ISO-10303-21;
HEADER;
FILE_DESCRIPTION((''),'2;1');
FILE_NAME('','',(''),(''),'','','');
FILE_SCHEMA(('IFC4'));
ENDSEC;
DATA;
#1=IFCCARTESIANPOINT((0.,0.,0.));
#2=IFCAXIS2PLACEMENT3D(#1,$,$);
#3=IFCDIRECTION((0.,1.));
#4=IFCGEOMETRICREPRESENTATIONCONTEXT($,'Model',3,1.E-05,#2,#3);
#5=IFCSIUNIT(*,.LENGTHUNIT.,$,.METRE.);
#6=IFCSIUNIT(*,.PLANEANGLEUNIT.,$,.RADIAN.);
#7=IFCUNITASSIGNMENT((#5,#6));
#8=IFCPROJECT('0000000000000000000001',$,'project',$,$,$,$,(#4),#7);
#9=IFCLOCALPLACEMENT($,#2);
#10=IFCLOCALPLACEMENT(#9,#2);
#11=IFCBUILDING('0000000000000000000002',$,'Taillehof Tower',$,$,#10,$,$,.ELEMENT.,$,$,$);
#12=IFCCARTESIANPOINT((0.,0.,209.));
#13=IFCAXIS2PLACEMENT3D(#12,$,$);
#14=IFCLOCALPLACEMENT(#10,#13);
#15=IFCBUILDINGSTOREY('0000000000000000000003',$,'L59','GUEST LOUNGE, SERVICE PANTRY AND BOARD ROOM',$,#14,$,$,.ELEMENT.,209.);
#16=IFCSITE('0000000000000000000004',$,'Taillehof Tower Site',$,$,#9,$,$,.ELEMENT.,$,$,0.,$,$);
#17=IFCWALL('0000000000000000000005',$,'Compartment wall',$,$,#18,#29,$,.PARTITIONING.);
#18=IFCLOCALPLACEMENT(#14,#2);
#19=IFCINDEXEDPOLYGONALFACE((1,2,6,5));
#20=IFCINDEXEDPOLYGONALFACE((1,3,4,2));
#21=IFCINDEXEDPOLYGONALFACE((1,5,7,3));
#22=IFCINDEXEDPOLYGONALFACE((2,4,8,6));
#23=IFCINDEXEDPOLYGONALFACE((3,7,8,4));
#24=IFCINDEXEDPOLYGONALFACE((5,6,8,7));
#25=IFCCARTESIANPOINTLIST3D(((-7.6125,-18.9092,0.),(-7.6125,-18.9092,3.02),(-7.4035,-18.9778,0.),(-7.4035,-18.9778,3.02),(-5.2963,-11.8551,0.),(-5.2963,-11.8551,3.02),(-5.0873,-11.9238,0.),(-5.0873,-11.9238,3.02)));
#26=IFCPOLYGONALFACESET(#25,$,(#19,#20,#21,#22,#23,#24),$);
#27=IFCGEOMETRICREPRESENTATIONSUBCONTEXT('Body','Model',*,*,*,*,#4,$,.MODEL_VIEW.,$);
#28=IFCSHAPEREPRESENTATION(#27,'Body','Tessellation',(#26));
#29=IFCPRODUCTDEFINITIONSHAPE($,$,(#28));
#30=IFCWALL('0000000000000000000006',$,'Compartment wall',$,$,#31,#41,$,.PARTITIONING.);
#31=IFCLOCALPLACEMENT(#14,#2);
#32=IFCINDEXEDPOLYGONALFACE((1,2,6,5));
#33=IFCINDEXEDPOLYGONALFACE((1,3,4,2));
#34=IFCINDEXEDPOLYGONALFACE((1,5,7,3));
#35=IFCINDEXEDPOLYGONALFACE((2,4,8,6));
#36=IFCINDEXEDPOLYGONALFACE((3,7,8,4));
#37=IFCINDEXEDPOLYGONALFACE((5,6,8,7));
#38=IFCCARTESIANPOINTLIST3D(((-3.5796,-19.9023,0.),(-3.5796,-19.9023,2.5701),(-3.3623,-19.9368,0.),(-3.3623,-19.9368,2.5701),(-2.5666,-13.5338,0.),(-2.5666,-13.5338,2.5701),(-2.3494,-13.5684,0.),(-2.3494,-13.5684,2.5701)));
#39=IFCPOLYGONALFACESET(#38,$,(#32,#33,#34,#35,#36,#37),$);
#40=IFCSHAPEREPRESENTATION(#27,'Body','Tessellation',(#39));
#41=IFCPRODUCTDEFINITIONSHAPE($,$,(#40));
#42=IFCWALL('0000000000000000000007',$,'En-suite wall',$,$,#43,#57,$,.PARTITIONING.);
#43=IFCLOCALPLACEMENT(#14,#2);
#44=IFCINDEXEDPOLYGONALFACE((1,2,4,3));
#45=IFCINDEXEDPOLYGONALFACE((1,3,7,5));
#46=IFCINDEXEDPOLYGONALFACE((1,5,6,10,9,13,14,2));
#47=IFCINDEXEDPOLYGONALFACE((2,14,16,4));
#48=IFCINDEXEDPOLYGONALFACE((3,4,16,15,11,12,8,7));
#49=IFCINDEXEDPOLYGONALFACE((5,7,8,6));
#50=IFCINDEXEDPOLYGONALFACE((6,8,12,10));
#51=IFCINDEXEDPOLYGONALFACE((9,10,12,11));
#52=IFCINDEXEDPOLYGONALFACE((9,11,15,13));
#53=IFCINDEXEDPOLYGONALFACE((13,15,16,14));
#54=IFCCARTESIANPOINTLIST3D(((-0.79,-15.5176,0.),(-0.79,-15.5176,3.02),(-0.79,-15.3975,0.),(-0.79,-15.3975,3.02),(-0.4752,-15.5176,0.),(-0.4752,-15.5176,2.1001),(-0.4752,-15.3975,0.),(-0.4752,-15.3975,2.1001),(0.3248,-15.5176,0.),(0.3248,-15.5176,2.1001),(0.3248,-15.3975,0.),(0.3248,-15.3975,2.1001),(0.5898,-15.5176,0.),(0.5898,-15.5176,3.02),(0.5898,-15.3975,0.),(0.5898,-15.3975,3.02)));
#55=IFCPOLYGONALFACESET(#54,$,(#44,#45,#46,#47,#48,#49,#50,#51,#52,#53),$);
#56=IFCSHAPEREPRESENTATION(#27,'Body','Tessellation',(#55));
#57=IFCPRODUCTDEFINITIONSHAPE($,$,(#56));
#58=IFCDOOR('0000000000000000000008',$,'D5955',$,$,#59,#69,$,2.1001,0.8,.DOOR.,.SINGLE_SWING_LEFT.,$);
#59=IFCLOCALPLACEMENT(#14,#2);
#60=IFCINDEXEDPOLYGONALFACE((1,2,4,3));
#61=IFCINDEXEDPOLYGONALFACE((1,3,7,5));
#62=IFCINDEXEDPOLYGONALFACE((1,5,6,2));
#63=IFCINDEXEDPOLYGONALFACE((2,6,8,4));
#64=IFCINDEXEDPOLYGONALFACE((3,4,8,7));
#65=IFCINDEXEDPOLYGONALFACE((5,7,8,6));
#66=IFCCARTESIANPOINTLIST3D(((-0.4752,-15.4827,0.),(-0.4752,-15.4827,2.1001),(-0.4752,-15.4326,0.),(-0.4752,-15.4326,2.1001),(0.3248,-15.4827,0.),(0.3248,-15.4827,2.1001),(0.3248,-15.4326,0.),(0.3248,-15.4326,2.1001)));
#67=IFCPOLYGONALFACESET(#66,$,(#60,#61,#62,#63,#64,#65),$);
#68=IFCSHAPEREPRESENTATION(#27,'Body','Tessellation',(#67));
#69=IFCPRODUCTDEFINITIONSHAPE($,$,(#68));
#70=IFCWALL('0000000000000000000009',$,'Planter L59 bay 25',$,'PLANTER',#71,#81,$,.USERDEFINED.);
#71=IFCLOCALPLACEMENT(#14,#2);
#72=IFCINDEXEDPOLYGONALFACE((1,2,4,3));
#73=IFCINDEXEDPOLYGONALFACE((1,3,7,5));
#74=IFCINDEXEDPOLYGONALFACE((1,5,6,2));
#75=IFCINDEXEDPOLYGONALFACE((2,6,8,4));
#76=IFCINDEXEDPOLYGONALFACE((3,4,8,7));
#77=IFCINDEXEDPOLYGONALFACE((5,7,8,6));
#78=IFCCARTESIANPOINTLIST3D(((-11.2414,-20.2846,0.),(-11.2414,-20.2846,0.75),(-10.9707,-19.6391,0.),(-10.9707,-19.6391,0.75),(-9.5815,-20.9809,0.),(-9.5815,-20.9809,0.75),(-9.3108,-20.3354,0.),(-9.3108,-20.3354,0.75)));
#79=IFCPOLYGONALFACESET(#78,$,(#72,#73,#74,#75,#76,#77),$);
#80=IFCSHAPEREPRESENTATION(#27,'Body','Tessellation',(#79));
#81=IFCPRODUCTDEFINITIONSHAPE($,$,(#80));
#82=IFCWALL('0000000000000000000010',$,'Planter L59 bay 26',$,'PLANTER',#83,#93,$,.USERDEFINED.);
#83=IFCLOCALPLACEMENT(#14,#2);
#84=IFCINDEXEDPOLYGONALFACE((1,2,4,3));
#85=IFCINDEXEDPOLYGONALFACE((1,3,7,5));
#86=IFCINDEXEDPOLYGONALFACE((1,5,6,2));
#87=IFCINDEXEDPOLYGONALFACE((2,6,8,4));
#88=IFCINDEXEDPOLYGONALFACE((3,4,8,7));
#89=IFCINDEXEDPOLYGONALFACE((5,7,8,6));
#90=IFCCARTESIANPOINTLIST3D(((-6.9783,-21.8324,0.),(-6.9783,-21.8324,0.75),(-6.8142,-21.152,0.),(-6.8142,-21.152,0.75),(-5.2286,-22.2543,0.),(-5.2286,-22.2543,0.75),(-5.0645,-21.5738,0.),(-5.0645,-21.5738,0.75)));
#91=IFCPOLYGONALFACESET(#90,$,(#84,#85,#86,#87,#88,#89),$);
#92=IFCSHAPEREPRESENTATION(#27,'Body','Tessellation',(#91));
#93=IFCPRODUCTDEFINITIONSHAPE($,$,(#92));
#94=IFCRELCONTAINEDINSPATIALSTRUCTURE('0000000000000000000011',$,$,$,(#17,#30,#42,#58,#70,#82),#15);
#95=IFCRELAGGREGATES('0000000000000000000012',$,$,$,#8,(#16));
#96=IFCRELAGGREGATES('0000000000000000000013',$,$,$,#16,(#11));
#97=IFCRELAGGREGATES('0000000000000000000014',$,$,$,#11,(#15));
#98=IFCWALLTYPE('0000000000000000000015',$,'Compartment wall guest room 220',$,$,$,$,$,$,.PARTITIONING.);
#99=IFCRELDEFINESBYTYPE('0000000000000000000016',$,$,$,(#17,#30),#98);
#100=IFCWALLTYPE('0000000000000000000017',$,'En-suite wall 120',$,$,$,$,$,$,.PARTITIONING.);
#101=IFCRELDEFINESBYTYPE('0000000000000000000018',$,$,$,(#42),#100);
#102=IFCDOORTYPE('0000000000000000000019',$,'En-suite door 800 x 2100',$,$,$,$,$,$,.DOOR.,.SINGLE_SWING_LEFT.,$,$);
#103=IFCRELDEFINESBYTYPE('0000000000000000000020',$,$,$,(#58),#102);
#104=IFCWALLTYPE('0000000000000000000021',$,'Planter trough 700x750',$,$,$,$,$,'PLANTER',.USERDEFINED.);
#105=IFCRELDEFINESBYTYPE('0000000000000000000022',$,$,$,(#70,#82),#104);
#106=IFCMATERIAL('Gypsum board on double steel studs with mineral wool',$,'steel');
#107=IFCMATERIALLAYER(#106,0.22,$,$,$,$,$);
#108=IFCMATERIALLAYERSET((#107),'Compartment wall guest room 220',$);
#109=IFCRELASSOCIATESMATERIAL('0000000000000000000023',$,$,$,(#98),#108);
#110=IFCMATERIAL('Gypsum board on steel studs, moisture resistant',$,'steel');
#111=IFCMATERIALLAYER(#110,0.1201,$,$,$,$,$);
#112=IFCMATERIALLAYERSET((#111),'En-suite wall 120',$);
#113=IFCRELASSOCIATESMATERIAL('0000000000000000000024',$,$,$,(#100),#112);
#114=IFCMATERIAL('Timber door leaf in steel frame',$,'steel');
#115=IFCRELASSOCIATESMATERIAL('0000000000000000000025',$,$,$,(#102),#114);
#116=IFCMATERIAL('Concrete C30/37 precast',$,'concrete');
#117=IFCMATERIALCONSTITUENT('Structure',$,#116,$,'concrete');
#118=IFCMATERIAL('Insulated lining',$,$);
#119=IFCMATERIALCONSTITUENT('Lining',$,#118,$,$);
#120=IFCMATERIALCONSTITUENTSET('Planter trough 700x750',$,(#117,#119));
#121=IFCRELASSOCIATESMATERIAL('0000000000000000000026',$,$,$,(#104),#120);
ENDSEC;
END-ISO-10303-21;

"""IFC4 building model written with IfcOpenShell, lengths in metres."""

from ifc_helpers import new_model, si_unit, direction, frame, frame_2d, origin, place, context, subcontext, project, spatial, rectangle, extrude, material, layer, layer_set, constituent, constituent_set, type_object, element, fill, save


model = new_model("IFC4")

# Units and contexts
model_context = context("Model", 3, precision=1e-05, world=origin(), true_north=direction((0.0, 1.0)))
body_context = subcontext(model_context, "Body", "Model", "MODEL_VIEW")
ifc_project = project(units=[si_unit("LENGTHUNIT", "METRE"), si_unit("PLANEANGLEUNIT", "RADIAN")], contexts=[model_context])

# Site, building, storey
site_placement = place(None, origin())
site = spatial("IfcSite", under=ifc_project, at=site_placement, Name="Taillehof Tower Site", CompositionType="ELEMENT", RefElevation=0.0)
building_placement = place(site_placement, origin())
building = spatial("IfcBuilding", under=site, at=building_placement, Name="Taillehof Tower", CompositionType="ELEMENT")
storey_placement = place(building_placement, frame((0.0, 0.0, 209.0)))
storey = spatial("IfcBuildingStorey", under=building, at=storey_placement, Name="L59", Description="GUEST LOUNGE, SERVICE PANTRY AND BOARD ROOM", CompositionType="ELEMENT", Elevation=209.0)

# Walls
ifc_material_1 = material(Name="Gypsum board on double steel studs with mineral wool", Category="steel")
ifc_layer_1 = layer(ifc_material_1, 0.22)
ifc_layer_set_1 = layer_set([ifc_layer_1], Name="Compartment wall guest room 220")
wall_type_1 = type_object("IfcWallType", Name="Compartment wall guest room 220", PredefinedType="PARTITIONING", material=ifc_layer_set_1)
wall_1_placement = place(storey_placement, frame((-7.5081, -18.9436, 0.0), z_axis=(0.0, 0.0, 1.0), x_axis=(0.311963, 0.950094, 0.0)))
element("IfcWall", 1, at=wall_1_placement, inside=storey, type_object=wall_type_1, Name="Compartment wall", PredefinedType="PARTITIONING", context=body_context, shape_type="SweptSolid", body=[
    extrude(rectangle(XDim=7.4246, YDim=0.22, at=frame_2d((3.7124, 0.0))), origin(), (0.0, 0.0, 1.0), 3.02),
])
wall_2_placement = place(storey_placement, frame((-3.4709, -19.9194, 0.0), z_axis=(0.0, 0.0, 1.0), x_axis=(0.157082, 0.987586, 0.0)))
element("IfcWall", 2, at=wall_2_placement, inside=storey, type_object=wall_type_1, Name="Compartment wall", PredefinedType="PARTITIONING", context=body_context, shape_type="SweptSolid", body=[
    extrude(rectangle(XDim=6.4485, YDim=0.22, at=frame_2d((3.2241, 0.0))), origin(), (0.0, 0.0, 1.0), 2.5701),
])

# Wall, opening, door
ifc_material_2 = material(Name="Gypsum board on steel studs, moisture resistant", Category="steel")
ifc_layer_2 = layer(ifc_material_2, 0.1201)
ifc_layer_set_2 = layer_set([ifc_layer_2], Name="En-suite wall 120")
wall_type_2 = type_object("IfcWallType", Name="En-suite wall 120", PredefinedType="PARTITIONING", material=ifc_layer_set_2)
wall_3_placement = place(storey_placement, frame((-0.79, -15.4575, 0.0), z_axis=(0.0, 0.0, 1.0), x_axis=(1.0, 0.0, 0.0)))
wall_3 = element("IfcWall", 3, at=wall_3_placement, inside=storey, type_object=wall_type_2, Name="En-suite wall", PredefinedType="PARTITIONING", context=body_context, shape_type="SweptSolid", body=[
    extrude(rectangle(XDim=1.3799, YDim=0.1201, at=frame_2d((0.6899, 0.0))), origin(), (0.0, 0.0, 1.0), 3.02),
])
opening_1_placement = place(wall_3_placement, frame((0.3149, 0.0, 0.0)))
opening_1 = element("IfcOpeningElement", 4, at=opening_1_placement, cuts=wall_3, PredefinedType="OPENING", context=body_context, shape_type="SweptSolid", body=[
    extrude(rectangle(XDim=0.8, YDim=2.1001, at=frame_2d((0.3999, 1.05))), frame((0.0, 0.0701, 0.0), z_axis=(0.0, -1.0, 0.0), x_axis=(1.0, 0.0, 0.0)), (0.0, 0.0, 1.0), 0.1401),
])
ifc_material_3 = material(Name="Timber door leaf in steel frame", Category="steel")
door_type_1 = type_object("IfcDoorType", Name="En-suite door 800 x 2100", OperationType="SINGLE_SWING_LEFT", PredefinedType="DOOR", material=ifc_material_3)
door_1_placement = place(opening_1_placement, origin())
door_1 = element("IfcDoor", 5, at=door_1_placement, inside=storey, type_object=door_type_1, Name="D5955", OperationType="SINGLE_SWING_LEFT", OverallHeight=2.1001, OverallWidth=0.8, PredefinedType="DOOR", context=body_context, shape_type="SweptSolid", body=[
    extrude(rectangle(XDim=0.8, YDim=2.1001, at=frame_2d((0.3999, 1.05))), frame((0.0, 0.0249, 0.0), z_axis=(0.0, -1.0, 0.0), x_axis=(1.0, 0.0, 0.0)), (0.0, 0.0, 1.0), 0.05),
])
fill(opening_1, door_1)

# Walls
ifc_material_4 = material(Name="Concrete C30/37 precast", Category="concrete")
ifc_constituent_1 = constituent(ifc_material_4, Name="Structure", Category="concrete")
ifc_material_5 = material(Name="Insulated lining")
ifc_constituent_2 = constituent(ifc_material_5, Name="Lining")
ifc_constituent_set = constituent_set(constituents=[ifc_constituent_1, ifc_constituent_2], Name="Planter trough 700x750")
wall_type_3 = type_object("IfcWallType", Name="Planter trough 700x750", ElementType="PLANTER", PredefinedType="USERDEFINED", material=ifc_constituent_set)
wall_4_placement = place(storey_placement, frame((-11.106, -19.9619, 0.0), z_axis=(0.0, 0.0, 1.0), x_axis=(0.922155, -0.38682, 0.0)))
element("IfcWall", 6, at=wall_4_placement, inside=storey, type_object=wall_type_3, Name="Planter L59 bay 25", ObjectType="PLANTER", PredefinedType="USERDEFINED", context=body_context, shape_type="SweptSolid", body=[
    extrude(rectangle(XDim=1.8, YDim=0.7, at=frame_2d((0.8999, 0.0))), origin(), (0.0, 0.0, 1.0), 0.75),
])
wall_5_placement = place(storey_placement, frame((-6.8962, -21.4922, 0.0), z_axis=(0.0, 0.0, 1.0), x_axis=(0.972143, -0.234389, 0.0)))
element("IfcWall", 7, at=wall_5_placement, inside=storey, type_object=wall_type_3, Name="Planter L59 bay 26", ObjectType="PLANTER", PredefinedType="USERDEFINED", context=body_context, shape_type="SweptSolid", body=[
    extrude(rectangle(XDim=1.7998, YDim=0.7, at=frame_2d((0.8999, 0.0))), origin(), (0.0, 0.0, 1.0), 0.75),
])

save(model, "model.ifc")
